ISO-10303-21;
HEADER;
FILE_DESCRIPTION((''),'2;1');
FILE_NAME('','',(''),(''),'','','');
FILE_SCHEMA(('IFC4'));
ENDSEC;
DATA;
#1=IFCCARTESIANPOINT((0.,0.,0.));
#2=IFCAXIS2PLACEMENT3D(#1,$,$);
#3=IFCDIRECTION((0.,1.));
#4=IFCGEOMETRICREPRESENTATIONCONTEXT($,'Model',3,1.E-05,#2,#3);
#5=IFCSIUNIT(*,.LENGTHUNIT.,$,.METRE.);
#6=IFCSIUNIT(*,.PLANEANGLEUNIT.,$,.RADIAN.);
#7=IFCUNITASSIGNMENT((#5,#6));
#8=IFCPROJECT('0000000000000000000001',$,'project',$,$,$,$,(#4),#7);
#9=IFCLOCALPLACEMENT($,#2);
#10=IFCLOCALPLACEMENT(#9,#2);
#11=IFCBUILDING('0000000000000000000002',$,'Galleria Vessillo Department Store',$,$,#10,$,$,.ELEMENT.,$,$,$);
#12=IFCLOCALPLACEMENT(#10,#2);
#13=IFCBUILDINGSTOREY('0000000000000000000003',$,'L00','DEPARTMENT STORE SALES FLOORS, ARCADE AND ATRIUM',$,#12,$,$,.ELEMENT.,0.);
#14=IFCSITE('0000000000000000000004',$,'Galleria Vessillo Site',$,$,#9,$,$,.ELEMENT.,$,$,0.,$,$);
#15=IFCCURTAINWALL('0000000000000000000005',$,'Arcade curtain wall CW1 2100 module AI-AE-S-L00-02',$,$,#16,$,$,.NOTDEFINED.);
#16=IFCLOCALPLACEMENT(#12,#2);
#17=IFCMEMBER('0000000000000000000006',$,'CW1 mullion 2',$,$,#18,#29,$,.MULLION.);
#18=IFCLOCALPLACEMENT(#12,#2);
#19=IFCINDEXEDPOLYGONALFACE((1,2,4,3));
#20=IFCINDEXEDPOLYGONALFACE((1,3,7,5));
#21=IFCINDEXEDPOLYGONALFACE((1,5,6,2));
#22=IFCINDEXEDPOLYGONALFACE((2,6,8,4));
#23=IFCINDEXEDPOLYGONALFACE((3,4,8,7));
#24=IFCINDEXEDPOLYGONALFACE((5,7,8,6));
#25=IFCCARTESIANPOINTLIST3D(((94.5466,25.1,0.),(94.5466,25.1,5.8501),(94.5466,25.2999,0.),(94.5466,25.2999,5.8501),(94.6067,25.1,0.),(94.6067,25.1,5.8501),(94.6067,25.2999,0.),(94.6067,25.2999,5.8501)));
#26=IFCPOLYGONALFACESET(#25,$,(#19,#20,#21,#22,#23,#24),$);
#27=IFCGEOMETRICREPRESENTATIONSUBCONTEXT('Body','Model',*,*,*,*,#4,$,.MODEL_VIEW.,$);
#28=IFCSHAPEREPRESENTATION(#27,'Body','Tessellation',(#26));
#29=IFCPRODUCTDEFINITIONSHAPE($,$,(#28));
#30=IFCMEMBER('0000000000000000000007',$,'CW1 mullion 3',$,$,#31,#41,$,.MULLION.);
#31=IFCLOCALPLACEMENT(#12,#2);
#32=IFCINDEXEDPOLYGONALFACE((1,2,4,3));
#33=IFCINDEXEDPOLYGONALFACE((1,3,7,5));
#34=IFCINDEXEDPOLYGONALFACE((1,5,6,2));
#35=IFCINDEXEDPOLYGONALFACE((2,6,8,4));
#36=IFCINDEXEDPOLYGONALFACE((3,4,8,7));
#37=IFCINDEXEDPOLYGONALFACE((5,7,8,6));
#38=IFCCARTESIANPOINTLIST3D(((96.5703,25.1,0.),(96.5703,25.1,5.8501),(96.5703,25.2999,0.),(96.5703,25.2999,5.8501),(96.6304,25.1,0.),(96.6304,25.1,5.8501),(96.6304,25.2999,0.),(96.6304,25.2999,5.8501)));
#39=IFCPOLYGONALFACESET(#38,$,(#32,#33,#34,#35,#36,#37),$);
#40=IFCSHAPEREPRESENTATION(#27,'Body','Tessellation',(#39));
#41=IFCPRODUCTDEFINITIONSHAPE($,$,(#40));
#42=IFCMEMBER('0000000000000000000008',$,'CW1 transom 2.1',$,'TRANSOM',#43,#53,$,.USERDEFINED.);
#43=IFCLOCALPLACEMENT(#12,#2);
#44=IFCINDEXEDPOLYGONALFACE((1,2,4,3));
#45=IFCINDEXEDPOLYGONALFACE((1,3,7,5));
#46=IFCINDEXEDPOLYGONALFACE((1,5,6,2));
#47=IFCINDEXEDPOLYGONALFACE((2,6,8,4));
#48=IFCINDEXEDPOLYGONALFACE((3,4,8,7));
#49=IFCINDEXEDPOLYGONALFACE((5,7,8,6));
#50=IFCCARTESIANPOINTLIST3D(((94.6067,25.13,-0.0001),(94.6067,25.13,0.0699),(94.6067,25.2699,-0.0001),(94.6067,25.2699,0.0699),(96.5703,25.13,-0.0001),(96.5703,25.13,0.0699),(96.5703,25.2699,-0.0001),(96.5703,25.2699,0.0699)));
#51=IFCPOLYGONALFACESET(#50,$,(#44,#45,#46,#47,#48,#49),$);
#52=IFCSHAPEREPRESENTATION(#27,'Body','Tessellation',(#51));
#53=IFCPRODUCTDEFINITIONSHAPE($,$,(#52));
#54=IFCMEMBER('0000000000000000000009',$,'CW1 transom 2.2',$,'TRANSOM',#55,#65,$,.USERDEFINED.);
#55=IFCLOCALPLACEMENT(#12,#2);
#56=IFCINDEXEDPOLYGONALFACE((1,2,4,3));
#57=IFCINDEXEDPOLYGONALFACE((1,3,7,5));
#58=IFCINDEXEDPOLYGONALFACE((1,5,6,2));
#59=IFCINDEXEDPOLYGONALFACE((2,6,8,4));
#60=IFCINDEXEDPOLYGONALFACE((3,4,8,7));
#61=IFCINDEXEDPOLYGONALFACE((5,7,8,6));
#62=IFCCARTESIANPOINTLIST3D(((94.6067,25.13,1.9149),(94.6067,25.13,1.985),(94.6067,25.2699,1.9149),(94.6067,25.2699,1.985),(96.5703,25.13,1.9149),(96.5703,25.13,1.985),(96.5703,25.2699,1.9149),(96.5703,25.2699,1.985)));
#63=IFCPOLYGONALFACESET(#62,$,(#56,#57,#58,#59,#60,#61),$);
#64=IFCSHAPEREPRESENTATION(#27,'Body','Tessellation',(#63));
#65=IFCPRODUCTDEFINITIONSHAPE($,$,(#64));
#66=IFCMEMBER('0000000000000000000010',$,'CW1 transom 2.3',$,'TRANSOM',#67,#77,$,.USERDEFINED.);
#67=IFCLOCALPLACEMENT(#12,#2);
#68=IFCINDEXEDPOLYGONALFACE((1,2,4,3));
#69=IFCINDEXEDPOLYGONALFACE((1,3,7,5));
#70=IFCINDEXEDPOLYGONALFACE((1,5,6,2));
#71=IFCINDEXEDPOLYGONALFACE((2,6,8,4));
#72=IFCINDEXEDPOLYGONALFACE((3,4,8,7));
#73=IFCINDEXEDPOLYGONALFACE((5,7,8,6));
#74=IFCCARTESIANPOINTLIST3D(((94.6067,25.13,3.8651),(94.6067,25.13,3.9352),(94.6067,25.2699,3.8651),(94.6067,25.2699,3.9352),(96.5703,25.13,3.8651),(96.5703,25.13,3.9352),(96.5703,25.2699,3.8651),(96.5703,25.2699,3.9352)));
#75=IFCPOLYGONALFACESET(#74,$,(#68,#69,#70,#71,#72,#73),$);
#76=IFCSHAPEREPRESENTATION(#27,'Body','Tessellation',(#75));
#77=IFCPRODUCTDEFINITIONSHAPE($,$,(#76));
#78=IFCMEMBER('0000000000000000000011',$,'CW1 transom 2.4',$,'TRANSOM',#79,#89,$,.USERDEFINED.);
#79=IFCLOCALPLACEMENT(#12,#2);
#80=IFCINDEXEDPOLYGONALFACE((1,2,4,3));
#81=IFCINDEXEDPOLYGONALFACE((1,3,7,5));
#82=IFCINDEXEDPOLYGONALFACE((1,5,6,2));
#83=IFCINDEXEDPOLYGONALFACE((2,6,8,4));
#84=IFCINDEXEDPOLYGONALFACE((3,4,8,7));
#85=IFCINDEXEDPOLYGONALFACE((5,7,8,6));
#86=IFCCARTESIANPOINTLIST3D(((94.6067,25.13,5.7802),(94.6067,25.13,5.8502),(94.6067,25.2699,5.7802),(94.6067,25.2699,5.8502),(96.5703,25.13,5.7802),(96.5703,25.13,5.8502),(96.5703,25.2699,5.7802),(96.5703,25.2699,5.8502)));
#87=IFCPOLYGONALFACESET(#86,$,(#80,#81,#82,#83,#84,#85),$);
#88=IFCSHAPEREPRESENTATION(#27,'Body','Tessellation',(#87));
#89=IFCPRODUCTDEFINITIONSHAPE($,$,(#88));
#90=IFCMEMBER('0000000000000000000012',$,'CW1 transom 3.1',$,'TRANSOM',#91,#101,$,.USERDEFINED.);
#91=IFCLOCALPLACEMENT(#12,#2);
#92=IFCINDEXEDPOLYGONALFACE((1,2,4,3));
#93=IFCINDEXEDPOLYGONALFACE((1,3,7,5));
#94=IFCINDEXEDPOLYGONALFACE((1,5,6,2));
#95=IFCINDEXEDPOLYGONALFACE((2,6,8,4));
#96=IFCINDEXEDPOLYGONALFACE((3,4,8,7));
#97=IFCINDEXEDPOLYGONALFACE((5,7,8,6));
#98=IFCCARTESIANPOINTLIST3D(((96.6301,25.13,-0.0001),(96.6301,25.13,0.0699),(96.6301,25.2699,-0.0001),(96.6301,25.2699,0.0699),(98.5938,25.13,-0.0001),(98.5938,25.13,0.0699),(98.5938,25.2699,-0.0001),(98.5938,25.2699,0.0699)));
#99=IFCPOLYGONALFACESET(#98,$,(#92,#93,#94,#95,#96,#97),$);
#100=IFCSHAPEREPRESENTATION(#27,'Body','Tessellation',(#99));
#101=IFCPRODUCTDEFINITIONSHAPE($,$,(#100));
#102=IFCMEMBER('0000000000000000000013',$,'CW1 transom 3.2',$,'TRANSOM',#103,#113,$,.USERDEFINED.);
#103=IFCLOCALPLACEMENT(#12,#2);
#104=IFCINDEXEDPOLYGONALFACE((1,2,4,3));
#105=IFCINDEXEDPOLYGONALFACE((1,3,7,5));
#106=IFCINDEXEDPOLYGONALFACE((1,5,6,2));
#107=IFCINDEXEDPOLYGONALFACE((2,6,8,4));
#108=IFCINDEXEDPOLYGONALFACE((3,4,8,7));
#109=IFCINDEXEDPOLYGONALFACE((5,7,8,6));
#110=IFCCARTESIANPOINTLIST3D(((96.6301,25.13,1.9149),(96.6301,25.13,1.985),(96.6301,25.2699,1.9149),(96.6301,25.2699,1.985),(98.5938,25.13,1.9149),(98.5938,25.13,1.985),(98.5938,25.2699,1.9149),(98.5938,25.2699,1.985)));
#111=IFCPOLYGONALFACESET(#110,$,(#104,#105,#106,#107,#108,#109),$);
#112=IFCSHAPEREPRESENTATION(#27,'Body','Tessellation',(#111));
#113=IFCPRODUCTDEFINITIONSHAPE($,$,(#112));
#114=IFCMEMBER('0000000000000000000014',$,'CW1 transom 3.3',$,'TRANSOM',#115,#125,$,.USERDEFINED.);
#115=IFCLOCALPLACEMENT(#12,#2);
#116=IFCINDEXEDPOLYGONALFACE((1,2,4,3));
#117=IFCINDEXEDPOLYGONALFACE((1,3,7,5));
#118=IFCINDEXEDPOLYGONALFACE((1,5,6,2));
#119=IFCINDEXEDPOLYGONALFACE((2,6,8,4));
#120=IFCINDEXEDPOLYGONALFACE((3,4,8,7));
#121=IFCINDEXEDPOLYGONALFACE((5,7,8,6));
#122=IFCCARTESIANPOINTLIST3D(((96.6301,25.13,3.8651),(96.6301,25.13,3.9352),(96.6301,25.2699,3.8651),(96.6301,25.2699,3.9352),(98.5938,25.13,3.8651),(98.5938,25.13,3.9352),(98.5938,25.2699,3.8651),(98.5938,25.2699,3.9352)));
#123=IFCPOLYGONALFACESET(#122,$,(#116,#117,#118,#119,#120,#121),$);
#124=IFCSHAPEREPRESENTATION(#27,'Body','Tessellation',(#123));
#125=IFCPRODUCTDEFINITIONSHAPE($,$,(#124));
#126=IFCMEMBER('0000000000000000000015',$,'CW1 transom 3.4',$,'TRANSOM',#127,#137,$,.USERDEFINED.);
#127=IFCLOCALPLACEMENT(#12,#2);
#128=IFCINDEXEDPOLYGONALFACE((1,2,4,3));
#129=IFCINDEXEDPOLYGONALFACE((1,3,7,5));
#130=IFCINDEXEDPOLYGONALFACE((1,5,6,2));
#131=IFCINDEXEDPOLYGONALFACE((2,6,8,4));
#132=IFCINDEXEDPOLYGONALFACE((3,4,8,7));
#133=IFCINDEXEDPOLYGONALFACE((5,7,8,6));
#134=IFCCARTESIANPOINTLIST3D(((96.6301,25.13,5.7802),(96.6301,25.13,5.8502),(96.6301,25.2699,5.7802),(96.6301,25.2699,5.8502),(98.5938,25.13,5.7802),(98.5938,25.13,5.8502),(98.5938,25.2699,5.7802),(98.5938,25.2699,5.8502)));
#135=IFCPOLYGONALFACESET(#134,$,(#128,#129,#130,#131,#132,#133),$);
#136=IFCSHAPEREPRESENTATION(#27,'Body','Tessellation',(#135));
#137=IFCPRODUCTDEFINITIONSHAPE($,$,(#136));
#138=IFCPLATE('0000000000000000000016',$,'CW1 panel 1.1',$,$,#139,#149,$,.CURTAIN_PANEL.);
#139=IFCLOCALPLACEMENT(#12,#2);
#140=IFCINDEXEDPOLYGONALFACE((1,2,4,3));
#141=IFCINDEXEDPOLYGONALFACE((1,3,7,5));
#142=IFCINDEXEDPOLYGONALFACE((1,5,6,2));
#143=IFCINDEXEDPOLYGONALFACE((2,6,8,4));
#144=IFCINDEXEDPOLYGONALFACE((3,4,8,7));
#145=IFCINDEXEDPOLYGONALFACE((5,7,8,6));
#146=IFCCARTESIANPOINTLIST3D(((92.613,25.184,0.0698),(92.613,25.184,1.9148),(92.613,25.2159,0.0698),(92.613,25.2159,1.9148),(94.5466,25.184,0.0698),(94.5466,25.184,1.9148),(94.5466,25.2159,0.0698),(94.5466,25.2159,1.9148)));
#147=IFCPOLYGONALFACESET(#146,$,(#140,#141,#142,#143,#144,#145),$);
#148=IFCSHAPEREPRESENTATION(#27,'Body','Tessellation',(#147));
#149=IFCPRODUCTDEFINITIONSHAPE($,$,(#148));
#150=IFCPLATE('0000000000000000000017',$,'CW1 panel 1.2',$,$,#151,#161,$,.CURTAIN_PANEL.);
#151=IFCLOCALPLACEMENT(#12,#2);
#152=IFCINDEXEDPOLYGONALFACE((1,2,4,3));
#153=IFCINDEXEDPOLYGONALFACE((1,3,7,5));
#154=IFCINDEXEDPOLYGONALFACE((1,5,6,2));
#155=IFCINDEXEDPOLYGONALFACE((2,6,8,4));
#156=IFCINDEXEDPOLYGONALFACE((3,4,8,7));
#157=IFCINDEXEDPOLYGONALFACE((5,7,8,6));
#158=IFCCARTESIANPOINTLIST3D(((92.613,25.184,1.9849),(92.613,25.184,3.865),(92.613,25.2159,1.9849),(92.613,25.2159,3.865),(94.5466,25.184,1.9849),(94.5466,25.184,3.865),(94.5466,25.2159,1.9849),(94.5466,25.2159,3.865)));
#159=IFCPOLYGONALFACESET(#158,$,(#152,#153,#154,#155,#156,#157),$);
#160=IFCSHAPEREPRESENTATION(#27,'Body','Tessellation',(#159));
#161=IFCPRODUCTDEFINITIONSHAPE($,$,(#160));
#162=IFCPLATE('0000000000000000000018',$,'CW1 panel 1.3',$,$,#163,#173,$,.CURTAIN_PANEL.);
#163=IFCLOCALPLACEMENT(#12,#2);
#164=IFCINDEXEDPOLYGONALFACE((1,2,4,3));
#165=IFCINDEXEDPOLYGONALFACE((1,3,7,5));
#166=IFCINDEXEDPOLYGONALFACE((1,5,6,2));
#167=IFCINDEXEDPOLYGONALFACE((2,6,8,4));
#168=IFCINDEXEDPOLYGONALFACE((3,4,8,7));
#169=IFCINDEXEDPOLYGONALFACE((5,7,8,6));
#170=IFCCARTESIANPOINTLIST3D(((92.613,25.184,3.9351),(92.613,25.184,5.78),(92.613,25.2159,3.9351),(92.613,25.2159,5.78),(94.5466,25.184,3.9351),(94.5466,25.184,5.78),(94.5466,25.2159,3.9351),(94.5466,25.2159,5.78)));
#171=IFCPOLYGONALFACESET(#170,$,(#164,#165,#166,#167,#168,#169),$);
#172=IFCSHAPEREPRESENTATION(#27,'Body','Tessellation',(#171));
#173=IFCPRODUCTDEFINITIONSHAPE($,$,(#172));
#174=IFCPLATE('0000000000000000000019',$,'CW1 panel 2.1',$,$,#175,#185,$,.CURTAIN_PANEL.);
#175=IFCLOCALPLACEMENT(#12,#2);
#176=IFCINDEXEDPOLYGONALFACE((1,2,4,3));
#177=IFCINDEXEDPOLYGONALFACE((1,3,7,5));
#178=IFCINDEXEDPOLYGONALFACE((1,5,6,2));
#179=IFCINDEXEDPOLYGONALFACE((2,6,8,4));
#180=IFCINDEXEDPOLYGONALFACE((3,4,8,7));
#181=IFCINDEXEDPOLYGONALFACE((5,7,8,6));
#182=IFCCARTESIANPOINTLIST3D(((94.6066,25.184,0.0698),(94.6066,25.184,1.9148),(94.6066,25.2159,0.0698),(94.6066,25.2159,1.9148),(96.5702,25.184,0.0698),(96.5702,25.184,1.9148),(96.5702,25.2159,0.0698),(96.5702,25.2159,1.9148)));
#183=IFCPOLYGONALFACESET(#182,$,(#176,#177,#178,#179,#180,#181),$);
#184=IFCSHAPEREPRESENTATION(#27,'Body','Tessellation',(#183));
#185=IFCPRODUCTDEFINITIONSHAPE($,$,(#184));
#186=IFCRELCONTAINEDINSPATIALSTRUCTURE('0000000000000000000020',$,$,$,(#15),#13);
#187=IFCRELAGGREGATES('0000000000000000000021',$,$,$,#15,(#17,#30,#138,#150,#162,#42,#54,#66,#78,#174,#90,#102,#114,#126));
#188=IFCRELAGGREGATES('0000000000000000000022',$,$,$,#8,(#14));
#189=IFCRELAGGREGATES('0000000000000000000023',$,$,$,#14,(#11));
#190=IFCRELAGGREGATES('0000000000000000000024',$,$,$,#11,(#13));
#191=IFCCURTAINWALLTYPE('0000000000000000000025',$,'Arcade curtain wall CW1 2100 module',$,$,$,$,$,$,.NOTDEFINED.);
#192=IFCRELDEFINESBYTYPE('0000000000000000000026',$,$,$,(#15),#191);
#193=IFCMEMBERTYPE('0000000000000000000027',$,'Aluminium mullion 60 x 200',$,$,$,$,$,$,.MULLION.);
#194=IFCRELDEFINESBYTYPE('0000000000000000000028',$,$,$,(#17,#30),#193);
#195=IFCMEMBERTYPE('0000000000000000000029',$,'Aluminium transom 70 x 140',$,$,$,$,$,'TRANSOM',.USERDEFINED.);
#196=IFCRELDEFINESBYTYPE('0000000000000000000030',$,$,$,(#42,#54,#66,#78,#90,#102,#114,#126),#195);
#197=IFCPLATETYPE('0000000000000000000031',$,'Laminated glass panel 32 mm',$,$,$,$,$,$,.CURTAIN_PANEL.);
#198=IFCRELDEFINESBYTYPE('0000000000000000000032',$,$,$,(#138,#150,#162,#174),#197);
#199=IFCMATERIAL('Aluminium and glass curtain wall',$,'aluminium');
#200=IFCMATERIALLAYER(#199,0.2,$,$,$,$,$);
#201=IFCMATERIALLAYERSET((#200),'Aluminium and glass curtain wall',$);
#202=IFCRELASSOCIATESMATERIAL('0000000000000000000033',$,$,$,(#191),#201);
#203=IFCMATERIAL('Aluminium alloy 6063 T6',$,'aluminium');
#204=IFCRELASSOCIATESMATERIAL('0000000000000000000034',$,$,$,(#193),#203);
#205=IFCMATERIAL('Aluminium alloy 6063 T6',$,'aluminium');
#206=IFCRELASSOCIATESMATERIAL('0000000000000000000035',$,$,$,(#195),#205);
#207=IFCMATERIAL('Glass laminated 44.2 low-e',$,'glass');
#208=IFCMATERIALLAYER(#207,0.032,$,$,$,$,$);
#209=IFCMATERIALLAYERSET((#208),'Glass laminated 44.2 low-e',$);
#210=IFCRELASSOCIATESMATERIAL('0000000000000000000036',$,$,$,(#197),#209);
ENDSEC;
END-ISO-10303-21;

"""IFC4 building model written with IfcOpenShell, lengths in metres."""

from ifc_helpers import new_model, si_unit, direction, frame, origin, origin_2d, place, context, subcontext, project, spatial, rectangle, extrude, material, layer, layer_set, material_profile, profile_set, type_object, element, aggregate, save


model = new_model("IFC4")

# Units and contexts
model_context = context("Model", 3, precision=1e-05, world=origin(), true_north=direction((0.0, 1.0)))
body_context = subcontext(model_context, "Body", "Model", "MODEL_VIEW")
ifc_project = project(units=[si_unit("LENGTHUNIT", "METRE"), si_unit("PLANEANGLEUNIT", "RADIAN")], contexts=[model_context])

# Site, building, storey
site_placement = place(None, origin())
site = spatial("IfcSite", under=ifc_project, at=site_placement, Name="Galleria Vessillo Site", CompositionType="ELEMENT", RefElevation=0.0)
building_placement = place(site_placement, origin())
building = spatial("IfcBuilding", under=site, at=building_placement, Name="Galleria Vessillo Department Store", CompositionType="ELEMENT")
storey_placement = place(building_placement, origin())
storey = spatial("IfcBuildingStorey", under=building, at=storey_placement, Name="L00", Description="DEPARTMENT STORE SALES FLOORS, ARCADE AND ATRIUM", CompositionType="ELEMENT", Elevation=0.0)

# Curtain wall, members, plates
ifc_material_1 = material(Name="Aluminium and glass curtain wall", Category="aluminium")
ifc_layer_1 = layer(ifc_material_1, 0.2)
ifc_layer_set_1 = layer_set([ifc_layer_1], Name="Aluminium and glass curtain wall")
curtain_wall_type = type_object("IfcCurtainWallType", Name="Arcade curtain wall CW1 2100 module", PredefinedType="NOTDEFINED", material=ifc_layer_set_1)
curtain_wall_placement = place(storey_placement, origin())
curtain_wall = element("IfcCurtainWall", 1, at=curtain_wall_placement, inside=storey, type_object=curtain_wall_type, Name="Arcade curtain wall CW1 2100 module AI-AE-S-L00-02", PredefinedType="NOTDEFINED")
ifc_material_2 = material(Name="Aluminium alloy 6063 T6", Category="aluminium")
ifc_material_profile_1 = material_profile(ifc_material_2, rectangle(XDim=0.2, YDim=0.0601, at=origin_2d()), Name="AL 60x200")
ifc_profile_set_1 = profile_set([ifc_material_profile_1], Name="Aluminium alloy 6063 T6")
member_type_1 = type_object("IfcMemberType", Name="Aluminium mullion 60 x 200", PredefinedType="MULLION", material=ifc_profile_set_1)
member_1_placement = place(storey_placement, frame((94.5767, 25.2, 0.0), z_axis=(0.0, 0.0, 1.0), x_axis=(0.0, 1.0, 0.0)))
member_1 = element("IfcMember", 2, at=member_1_placement, type_object=member_type_1, Name="CW1 mullion 2", PredefinedType="MULLION", context=body_context, shape_type="SweptSolid", body=[
    extrude(rectangle(XDim=0.2, YDim=0.0601, at=origin_2d()), origin(), (0.0, 0.0, 1.0), 5.8501),
])
member_2_placement = place(storey_placement, frame((96.6003, 25.2, 0.0), z_axis=(0.0, 0.0, 1.0), x_axis=(0.0, 1.0, 0.0)))
member_2 = element("IfcMember", 3, at=member_2_placement, type_object=member_type_1, Name="CW1 mullion 3", PredefinedType="MULLION", context=body_context, shape_type="SweptSolid", body=[
    extrude(rectangle(XDim=0.2, YDim=0.0601, at=origin_2d()), origin(), (0.0, 0.0, 1.0), 5.8501),
])
ifc_material_3 = material(Name="Aluminium alloy 6063 T6", Category="aluminium")
ifc_material_profile_2 = material_profile(ifc_material_3, rectangle(XDim=0.1399, YDim=0.0701, at=origin_2d()), Name="AL 70x140")
ifc_profile_set_2 = profile_set([ifc_material_profile_2], Name="Aluminium alloy 6063 T6")
member_type_2 = type_object("IfcMemberType", Name="Aluminium transom 70 x 140", ElementType="TRANSOM", PredefinedType="USERDEFINED", material=ifc_profile_set_2)
member_3_placement = place(storey_placement, frame((94.6067, 25.2, 0.0349), z_axis=(1.0, 0.0, 0.0), x_axis=(0.0, 1.0, 0.0)))
member_3 = element("IfcMember", 4, at=member_3_placement, type_object=member_type_2, Name="CW1 transom 2.1", ObjectType="TRANSOM", PredefinedType="USERDEFINED", context=body_context, shape_type="SweptSolid", body=[
    extrude(rectangle(XDim=0.1399, YDim=0.0701, at=origin_2d()), origin(), (0.0, 0.0, 1.0), 1.9636),
])
member_4_placement = place(storey_placement, frame((94.6067, 25.2, 1.95), z_axis=(1.0, 0.0, 0.0), x_axis=(0.0, 1.0, 0.0)))
member_4 = element("IfcMember", 5, at=member_4_placement, type_object=member_type_2, Name="CW1 transom 2.2", ObjectType="TRANSOM", PredefinedType="USERDEFINED", context=body_context, shape_type="SweptSolid", body=[
    extrude(rectangle(XDim=0.1399, YDim=0.0701, at=origin_2d()), origin(), (0.0, 0.0, 1.0), 1.9636),
])
member_5_placement = place(storey_placement, frame((94.6067, 25.2, 3.9001), z_axis=(1.0, 0.0, 0.0), x_axis=(0.0, 1.0, 0.0)))
member_5 = element("IfcMember", 6, at=member_5_placement, type_object=member_type_2, Name="CW1 transom 2.3", ObjectType="TRANSOM", PredefinedType="USERDEFINED", context=body_context, shape_type="SweptSolid", body=[
    extrude(rectangle(XDim=0.1399, YDim=0.0701, at=origin_2d()), origin(), (0.0, 0.0, 1.0), 1.9636),
])
member_6_placement = place(storey_placement, frame((94.6067, 25.2, 5.8152), z_axis=(1.0, 0.0, 0.0), x_axis=(0.0, 1.0, 0.0)))
member_6 = element("IfcMember", 7, at=member_6_placement, type_object=member_type_2, Name="CW1 transom 2.4", ObjectType="TRANSOM", PredefinedType="USERDEFINED", context=body_context, shape_type="SweptSolid", body=[
    extrude(rectangle(XDim=0.1399, YDim=0.0701, at=origin_2d()), origin(), (0.0, 0.0, 1.0), 1.9636),
])
member_7_placement = place(storey_placement, frame((96.6301, 25.2, 0.0349), z_axis=(1.0, 0.0, 0.0), x_axis=(0.0, 1.0, 0.0)))
member_7 = element("IfcMember", 8, at=member_7_placement, type_object=member_type_2, Name="CW1 transom 3.1", ObjectType="TRANSOM", PredefinedType="USERDEFINED", context=body_context, shape_type="SweptSolid", body=[
    extrude(rectangle(XDim=0.1399, YDim=0.0701, at=origin_2d()), origin(), (0.0, 0.0, 1.0), 1.9636),
])
member_8_placement = place(storey_placement, frame((96.6301, 25.2, 1.95), z_axis=(1.0, 0.0, 0.0), x_axis=(0.0, 1.0, 0.0)))
member_8 = element("IfcMember", 9, at=member_8_placement, type_object=member_type_2, Name="CW1 transom 3.2", ObjectType="TRANSOM", PredefinedType="USERDEFINED", context=body_context, shape_type="SweptSolid", body=[
    extrude(rectangle(XDim=0.1399, YDim=0.0701, at=origin_2d()), origin(), (0.0, 0.0, 1.0), 1.9636),
])
member_9_placement = place(storey_placement, frame((96.6301, 25.2, 3.9001), z_axis=(1.0, 0.0, 0.0), x_axis=(0.0, 1.0, 0.0)))
member_9 = element("IfcMember", 10, at=member_9_placement, type_object=member_type_2, Name="CW1 transom 3.3", ObjectType="TRANSOM", PredefinedType="USERDEFINED", context=body_context, shape_type="SweptSolid", body=[
    extrude(rectangle(XDim=0.1399, YDim=0.0701, at=origin_2d()), origin(), (0.0, 0.0, 1.0), 1.9636),
])
member_10_placement = place(storey_placement, frame((96.6301, 25.2, 5.8152), z_axis=(1.0, 0.0, 0.0), x_axis=(0.0, 1.0, 0.0)))
member_10 = element("IfcMember", 11, at=member_10_placement, type_object=member_type_2, Name="CW1 transom 3.4", ObjectType="TRANSOM", PredefinedType="USERDEFINED", context=body_context, shape_type="SweptSolid", body=[
    extrude(rectangle(XDim=0.1399, YDim=0.0701, at=origin_2d()), origin(), (0.0, 0.0, 1.0), 1.9636),
])
ifc_material_4 = material(Name="Glass laminated 44.2 low-e", Category="glass")
ifc_layer_2 = layer(ifc_material_4, 0.032)
ifc_layer_set_2 = layer_set([ifc_layer_2], Name="Glass laminated 44.2 low-e")
plate_type = type_object("IfcPlateType", Name="Laminated glass panel 32 mm", PredefinedType="CURTAIN_PANEL", material=ifc_layer_set_2)
plate_1_placement = place(storey_placement, frame((93.5798, 25.2, 0.0698), z_axis=(0.0, 0.0, 1.0), x_axis=(1.0, 0.0, 0.0)))
plate_1 = element("IfcPlate", 12, at=plate_1_placement, type_object=plate_type, Name="CW1 panel 1.1", PredefinedType="CURTAIN_PANEL", context=body_context, shape_type="SweptSolid", body=[
    extrude(rectangle(XDim=1.9336, YDim=0.032, at=origin_2d()), origin(), (0.0, 0.0, 1.0), 1.845),
])
plate_2_placement = place(storey_placement, frame((93.5798, 25.2, 1.9849), z_axis=(0.0, 0.0, 1.0), x_axis=(1.0, 0.0, 0.0)))
plate_2 = element("IfcPlate", 13, at=plate_2_placement, type_object=plate_type, Name="CW1 panel 1.2", PredefinedType="CURTAIN_PANEL", context=body_context, shape_type="SweptSolid", body=[
    extrude(rectangle(XDim=1.9336, YDim=0.032, at=origin_2d()), origin(), (0.0, 0.0, 1.0), 1.8801),
])
plate_3_placement = place(storey_placement, frame((93.5798, 25.2, 3.9351), z_axis=(0.0, 0.0, 1.0), x_axis=(1.0, 0.0, 0.0)))
plate_3 = element("IfcPlate", 14, at=plate_3_placement, type_object=plate_type, Name="CW1 panel 1.3", PredefinedType="CURTAIN_PANEL", context=body_context, shape_type="SweptSolid", body=[
    extrude(rectangle(XDim=1.9336, YDim=0.032, at=origin_2d()), origin(), (0.0, 0.0, 1.0), 1.845),
])
plate_4_placement = place(storey_placement, frame((95.5884, 25.2, 0.0698), z_axis=(0.0, 0.0, 1.0), x_axis=(1.0, 0.0, 0.0)))
plate_4 = element("IfcPlate", 15, at=plate_4_placement, type_object=plate_type, Name="CW1 panel 2.1", PredefinedType="CURTAIN_PANEL", context=body_context, shape_type="SweptSolid", body=[
    extrude(rectangle(XDim=1.9636, YDim=0.032, at=origin_2d()), origin(), (0.0, 0.0, 1.0), 1.845),
])
aggregate(curtain_wall, [member_1, member_2, plate_1, plate_2, plate_3, member_3, member_4, member_5, member_6, plate_4, member_7, member_8, member_9, member_10])

save(model, "model.ifc")
